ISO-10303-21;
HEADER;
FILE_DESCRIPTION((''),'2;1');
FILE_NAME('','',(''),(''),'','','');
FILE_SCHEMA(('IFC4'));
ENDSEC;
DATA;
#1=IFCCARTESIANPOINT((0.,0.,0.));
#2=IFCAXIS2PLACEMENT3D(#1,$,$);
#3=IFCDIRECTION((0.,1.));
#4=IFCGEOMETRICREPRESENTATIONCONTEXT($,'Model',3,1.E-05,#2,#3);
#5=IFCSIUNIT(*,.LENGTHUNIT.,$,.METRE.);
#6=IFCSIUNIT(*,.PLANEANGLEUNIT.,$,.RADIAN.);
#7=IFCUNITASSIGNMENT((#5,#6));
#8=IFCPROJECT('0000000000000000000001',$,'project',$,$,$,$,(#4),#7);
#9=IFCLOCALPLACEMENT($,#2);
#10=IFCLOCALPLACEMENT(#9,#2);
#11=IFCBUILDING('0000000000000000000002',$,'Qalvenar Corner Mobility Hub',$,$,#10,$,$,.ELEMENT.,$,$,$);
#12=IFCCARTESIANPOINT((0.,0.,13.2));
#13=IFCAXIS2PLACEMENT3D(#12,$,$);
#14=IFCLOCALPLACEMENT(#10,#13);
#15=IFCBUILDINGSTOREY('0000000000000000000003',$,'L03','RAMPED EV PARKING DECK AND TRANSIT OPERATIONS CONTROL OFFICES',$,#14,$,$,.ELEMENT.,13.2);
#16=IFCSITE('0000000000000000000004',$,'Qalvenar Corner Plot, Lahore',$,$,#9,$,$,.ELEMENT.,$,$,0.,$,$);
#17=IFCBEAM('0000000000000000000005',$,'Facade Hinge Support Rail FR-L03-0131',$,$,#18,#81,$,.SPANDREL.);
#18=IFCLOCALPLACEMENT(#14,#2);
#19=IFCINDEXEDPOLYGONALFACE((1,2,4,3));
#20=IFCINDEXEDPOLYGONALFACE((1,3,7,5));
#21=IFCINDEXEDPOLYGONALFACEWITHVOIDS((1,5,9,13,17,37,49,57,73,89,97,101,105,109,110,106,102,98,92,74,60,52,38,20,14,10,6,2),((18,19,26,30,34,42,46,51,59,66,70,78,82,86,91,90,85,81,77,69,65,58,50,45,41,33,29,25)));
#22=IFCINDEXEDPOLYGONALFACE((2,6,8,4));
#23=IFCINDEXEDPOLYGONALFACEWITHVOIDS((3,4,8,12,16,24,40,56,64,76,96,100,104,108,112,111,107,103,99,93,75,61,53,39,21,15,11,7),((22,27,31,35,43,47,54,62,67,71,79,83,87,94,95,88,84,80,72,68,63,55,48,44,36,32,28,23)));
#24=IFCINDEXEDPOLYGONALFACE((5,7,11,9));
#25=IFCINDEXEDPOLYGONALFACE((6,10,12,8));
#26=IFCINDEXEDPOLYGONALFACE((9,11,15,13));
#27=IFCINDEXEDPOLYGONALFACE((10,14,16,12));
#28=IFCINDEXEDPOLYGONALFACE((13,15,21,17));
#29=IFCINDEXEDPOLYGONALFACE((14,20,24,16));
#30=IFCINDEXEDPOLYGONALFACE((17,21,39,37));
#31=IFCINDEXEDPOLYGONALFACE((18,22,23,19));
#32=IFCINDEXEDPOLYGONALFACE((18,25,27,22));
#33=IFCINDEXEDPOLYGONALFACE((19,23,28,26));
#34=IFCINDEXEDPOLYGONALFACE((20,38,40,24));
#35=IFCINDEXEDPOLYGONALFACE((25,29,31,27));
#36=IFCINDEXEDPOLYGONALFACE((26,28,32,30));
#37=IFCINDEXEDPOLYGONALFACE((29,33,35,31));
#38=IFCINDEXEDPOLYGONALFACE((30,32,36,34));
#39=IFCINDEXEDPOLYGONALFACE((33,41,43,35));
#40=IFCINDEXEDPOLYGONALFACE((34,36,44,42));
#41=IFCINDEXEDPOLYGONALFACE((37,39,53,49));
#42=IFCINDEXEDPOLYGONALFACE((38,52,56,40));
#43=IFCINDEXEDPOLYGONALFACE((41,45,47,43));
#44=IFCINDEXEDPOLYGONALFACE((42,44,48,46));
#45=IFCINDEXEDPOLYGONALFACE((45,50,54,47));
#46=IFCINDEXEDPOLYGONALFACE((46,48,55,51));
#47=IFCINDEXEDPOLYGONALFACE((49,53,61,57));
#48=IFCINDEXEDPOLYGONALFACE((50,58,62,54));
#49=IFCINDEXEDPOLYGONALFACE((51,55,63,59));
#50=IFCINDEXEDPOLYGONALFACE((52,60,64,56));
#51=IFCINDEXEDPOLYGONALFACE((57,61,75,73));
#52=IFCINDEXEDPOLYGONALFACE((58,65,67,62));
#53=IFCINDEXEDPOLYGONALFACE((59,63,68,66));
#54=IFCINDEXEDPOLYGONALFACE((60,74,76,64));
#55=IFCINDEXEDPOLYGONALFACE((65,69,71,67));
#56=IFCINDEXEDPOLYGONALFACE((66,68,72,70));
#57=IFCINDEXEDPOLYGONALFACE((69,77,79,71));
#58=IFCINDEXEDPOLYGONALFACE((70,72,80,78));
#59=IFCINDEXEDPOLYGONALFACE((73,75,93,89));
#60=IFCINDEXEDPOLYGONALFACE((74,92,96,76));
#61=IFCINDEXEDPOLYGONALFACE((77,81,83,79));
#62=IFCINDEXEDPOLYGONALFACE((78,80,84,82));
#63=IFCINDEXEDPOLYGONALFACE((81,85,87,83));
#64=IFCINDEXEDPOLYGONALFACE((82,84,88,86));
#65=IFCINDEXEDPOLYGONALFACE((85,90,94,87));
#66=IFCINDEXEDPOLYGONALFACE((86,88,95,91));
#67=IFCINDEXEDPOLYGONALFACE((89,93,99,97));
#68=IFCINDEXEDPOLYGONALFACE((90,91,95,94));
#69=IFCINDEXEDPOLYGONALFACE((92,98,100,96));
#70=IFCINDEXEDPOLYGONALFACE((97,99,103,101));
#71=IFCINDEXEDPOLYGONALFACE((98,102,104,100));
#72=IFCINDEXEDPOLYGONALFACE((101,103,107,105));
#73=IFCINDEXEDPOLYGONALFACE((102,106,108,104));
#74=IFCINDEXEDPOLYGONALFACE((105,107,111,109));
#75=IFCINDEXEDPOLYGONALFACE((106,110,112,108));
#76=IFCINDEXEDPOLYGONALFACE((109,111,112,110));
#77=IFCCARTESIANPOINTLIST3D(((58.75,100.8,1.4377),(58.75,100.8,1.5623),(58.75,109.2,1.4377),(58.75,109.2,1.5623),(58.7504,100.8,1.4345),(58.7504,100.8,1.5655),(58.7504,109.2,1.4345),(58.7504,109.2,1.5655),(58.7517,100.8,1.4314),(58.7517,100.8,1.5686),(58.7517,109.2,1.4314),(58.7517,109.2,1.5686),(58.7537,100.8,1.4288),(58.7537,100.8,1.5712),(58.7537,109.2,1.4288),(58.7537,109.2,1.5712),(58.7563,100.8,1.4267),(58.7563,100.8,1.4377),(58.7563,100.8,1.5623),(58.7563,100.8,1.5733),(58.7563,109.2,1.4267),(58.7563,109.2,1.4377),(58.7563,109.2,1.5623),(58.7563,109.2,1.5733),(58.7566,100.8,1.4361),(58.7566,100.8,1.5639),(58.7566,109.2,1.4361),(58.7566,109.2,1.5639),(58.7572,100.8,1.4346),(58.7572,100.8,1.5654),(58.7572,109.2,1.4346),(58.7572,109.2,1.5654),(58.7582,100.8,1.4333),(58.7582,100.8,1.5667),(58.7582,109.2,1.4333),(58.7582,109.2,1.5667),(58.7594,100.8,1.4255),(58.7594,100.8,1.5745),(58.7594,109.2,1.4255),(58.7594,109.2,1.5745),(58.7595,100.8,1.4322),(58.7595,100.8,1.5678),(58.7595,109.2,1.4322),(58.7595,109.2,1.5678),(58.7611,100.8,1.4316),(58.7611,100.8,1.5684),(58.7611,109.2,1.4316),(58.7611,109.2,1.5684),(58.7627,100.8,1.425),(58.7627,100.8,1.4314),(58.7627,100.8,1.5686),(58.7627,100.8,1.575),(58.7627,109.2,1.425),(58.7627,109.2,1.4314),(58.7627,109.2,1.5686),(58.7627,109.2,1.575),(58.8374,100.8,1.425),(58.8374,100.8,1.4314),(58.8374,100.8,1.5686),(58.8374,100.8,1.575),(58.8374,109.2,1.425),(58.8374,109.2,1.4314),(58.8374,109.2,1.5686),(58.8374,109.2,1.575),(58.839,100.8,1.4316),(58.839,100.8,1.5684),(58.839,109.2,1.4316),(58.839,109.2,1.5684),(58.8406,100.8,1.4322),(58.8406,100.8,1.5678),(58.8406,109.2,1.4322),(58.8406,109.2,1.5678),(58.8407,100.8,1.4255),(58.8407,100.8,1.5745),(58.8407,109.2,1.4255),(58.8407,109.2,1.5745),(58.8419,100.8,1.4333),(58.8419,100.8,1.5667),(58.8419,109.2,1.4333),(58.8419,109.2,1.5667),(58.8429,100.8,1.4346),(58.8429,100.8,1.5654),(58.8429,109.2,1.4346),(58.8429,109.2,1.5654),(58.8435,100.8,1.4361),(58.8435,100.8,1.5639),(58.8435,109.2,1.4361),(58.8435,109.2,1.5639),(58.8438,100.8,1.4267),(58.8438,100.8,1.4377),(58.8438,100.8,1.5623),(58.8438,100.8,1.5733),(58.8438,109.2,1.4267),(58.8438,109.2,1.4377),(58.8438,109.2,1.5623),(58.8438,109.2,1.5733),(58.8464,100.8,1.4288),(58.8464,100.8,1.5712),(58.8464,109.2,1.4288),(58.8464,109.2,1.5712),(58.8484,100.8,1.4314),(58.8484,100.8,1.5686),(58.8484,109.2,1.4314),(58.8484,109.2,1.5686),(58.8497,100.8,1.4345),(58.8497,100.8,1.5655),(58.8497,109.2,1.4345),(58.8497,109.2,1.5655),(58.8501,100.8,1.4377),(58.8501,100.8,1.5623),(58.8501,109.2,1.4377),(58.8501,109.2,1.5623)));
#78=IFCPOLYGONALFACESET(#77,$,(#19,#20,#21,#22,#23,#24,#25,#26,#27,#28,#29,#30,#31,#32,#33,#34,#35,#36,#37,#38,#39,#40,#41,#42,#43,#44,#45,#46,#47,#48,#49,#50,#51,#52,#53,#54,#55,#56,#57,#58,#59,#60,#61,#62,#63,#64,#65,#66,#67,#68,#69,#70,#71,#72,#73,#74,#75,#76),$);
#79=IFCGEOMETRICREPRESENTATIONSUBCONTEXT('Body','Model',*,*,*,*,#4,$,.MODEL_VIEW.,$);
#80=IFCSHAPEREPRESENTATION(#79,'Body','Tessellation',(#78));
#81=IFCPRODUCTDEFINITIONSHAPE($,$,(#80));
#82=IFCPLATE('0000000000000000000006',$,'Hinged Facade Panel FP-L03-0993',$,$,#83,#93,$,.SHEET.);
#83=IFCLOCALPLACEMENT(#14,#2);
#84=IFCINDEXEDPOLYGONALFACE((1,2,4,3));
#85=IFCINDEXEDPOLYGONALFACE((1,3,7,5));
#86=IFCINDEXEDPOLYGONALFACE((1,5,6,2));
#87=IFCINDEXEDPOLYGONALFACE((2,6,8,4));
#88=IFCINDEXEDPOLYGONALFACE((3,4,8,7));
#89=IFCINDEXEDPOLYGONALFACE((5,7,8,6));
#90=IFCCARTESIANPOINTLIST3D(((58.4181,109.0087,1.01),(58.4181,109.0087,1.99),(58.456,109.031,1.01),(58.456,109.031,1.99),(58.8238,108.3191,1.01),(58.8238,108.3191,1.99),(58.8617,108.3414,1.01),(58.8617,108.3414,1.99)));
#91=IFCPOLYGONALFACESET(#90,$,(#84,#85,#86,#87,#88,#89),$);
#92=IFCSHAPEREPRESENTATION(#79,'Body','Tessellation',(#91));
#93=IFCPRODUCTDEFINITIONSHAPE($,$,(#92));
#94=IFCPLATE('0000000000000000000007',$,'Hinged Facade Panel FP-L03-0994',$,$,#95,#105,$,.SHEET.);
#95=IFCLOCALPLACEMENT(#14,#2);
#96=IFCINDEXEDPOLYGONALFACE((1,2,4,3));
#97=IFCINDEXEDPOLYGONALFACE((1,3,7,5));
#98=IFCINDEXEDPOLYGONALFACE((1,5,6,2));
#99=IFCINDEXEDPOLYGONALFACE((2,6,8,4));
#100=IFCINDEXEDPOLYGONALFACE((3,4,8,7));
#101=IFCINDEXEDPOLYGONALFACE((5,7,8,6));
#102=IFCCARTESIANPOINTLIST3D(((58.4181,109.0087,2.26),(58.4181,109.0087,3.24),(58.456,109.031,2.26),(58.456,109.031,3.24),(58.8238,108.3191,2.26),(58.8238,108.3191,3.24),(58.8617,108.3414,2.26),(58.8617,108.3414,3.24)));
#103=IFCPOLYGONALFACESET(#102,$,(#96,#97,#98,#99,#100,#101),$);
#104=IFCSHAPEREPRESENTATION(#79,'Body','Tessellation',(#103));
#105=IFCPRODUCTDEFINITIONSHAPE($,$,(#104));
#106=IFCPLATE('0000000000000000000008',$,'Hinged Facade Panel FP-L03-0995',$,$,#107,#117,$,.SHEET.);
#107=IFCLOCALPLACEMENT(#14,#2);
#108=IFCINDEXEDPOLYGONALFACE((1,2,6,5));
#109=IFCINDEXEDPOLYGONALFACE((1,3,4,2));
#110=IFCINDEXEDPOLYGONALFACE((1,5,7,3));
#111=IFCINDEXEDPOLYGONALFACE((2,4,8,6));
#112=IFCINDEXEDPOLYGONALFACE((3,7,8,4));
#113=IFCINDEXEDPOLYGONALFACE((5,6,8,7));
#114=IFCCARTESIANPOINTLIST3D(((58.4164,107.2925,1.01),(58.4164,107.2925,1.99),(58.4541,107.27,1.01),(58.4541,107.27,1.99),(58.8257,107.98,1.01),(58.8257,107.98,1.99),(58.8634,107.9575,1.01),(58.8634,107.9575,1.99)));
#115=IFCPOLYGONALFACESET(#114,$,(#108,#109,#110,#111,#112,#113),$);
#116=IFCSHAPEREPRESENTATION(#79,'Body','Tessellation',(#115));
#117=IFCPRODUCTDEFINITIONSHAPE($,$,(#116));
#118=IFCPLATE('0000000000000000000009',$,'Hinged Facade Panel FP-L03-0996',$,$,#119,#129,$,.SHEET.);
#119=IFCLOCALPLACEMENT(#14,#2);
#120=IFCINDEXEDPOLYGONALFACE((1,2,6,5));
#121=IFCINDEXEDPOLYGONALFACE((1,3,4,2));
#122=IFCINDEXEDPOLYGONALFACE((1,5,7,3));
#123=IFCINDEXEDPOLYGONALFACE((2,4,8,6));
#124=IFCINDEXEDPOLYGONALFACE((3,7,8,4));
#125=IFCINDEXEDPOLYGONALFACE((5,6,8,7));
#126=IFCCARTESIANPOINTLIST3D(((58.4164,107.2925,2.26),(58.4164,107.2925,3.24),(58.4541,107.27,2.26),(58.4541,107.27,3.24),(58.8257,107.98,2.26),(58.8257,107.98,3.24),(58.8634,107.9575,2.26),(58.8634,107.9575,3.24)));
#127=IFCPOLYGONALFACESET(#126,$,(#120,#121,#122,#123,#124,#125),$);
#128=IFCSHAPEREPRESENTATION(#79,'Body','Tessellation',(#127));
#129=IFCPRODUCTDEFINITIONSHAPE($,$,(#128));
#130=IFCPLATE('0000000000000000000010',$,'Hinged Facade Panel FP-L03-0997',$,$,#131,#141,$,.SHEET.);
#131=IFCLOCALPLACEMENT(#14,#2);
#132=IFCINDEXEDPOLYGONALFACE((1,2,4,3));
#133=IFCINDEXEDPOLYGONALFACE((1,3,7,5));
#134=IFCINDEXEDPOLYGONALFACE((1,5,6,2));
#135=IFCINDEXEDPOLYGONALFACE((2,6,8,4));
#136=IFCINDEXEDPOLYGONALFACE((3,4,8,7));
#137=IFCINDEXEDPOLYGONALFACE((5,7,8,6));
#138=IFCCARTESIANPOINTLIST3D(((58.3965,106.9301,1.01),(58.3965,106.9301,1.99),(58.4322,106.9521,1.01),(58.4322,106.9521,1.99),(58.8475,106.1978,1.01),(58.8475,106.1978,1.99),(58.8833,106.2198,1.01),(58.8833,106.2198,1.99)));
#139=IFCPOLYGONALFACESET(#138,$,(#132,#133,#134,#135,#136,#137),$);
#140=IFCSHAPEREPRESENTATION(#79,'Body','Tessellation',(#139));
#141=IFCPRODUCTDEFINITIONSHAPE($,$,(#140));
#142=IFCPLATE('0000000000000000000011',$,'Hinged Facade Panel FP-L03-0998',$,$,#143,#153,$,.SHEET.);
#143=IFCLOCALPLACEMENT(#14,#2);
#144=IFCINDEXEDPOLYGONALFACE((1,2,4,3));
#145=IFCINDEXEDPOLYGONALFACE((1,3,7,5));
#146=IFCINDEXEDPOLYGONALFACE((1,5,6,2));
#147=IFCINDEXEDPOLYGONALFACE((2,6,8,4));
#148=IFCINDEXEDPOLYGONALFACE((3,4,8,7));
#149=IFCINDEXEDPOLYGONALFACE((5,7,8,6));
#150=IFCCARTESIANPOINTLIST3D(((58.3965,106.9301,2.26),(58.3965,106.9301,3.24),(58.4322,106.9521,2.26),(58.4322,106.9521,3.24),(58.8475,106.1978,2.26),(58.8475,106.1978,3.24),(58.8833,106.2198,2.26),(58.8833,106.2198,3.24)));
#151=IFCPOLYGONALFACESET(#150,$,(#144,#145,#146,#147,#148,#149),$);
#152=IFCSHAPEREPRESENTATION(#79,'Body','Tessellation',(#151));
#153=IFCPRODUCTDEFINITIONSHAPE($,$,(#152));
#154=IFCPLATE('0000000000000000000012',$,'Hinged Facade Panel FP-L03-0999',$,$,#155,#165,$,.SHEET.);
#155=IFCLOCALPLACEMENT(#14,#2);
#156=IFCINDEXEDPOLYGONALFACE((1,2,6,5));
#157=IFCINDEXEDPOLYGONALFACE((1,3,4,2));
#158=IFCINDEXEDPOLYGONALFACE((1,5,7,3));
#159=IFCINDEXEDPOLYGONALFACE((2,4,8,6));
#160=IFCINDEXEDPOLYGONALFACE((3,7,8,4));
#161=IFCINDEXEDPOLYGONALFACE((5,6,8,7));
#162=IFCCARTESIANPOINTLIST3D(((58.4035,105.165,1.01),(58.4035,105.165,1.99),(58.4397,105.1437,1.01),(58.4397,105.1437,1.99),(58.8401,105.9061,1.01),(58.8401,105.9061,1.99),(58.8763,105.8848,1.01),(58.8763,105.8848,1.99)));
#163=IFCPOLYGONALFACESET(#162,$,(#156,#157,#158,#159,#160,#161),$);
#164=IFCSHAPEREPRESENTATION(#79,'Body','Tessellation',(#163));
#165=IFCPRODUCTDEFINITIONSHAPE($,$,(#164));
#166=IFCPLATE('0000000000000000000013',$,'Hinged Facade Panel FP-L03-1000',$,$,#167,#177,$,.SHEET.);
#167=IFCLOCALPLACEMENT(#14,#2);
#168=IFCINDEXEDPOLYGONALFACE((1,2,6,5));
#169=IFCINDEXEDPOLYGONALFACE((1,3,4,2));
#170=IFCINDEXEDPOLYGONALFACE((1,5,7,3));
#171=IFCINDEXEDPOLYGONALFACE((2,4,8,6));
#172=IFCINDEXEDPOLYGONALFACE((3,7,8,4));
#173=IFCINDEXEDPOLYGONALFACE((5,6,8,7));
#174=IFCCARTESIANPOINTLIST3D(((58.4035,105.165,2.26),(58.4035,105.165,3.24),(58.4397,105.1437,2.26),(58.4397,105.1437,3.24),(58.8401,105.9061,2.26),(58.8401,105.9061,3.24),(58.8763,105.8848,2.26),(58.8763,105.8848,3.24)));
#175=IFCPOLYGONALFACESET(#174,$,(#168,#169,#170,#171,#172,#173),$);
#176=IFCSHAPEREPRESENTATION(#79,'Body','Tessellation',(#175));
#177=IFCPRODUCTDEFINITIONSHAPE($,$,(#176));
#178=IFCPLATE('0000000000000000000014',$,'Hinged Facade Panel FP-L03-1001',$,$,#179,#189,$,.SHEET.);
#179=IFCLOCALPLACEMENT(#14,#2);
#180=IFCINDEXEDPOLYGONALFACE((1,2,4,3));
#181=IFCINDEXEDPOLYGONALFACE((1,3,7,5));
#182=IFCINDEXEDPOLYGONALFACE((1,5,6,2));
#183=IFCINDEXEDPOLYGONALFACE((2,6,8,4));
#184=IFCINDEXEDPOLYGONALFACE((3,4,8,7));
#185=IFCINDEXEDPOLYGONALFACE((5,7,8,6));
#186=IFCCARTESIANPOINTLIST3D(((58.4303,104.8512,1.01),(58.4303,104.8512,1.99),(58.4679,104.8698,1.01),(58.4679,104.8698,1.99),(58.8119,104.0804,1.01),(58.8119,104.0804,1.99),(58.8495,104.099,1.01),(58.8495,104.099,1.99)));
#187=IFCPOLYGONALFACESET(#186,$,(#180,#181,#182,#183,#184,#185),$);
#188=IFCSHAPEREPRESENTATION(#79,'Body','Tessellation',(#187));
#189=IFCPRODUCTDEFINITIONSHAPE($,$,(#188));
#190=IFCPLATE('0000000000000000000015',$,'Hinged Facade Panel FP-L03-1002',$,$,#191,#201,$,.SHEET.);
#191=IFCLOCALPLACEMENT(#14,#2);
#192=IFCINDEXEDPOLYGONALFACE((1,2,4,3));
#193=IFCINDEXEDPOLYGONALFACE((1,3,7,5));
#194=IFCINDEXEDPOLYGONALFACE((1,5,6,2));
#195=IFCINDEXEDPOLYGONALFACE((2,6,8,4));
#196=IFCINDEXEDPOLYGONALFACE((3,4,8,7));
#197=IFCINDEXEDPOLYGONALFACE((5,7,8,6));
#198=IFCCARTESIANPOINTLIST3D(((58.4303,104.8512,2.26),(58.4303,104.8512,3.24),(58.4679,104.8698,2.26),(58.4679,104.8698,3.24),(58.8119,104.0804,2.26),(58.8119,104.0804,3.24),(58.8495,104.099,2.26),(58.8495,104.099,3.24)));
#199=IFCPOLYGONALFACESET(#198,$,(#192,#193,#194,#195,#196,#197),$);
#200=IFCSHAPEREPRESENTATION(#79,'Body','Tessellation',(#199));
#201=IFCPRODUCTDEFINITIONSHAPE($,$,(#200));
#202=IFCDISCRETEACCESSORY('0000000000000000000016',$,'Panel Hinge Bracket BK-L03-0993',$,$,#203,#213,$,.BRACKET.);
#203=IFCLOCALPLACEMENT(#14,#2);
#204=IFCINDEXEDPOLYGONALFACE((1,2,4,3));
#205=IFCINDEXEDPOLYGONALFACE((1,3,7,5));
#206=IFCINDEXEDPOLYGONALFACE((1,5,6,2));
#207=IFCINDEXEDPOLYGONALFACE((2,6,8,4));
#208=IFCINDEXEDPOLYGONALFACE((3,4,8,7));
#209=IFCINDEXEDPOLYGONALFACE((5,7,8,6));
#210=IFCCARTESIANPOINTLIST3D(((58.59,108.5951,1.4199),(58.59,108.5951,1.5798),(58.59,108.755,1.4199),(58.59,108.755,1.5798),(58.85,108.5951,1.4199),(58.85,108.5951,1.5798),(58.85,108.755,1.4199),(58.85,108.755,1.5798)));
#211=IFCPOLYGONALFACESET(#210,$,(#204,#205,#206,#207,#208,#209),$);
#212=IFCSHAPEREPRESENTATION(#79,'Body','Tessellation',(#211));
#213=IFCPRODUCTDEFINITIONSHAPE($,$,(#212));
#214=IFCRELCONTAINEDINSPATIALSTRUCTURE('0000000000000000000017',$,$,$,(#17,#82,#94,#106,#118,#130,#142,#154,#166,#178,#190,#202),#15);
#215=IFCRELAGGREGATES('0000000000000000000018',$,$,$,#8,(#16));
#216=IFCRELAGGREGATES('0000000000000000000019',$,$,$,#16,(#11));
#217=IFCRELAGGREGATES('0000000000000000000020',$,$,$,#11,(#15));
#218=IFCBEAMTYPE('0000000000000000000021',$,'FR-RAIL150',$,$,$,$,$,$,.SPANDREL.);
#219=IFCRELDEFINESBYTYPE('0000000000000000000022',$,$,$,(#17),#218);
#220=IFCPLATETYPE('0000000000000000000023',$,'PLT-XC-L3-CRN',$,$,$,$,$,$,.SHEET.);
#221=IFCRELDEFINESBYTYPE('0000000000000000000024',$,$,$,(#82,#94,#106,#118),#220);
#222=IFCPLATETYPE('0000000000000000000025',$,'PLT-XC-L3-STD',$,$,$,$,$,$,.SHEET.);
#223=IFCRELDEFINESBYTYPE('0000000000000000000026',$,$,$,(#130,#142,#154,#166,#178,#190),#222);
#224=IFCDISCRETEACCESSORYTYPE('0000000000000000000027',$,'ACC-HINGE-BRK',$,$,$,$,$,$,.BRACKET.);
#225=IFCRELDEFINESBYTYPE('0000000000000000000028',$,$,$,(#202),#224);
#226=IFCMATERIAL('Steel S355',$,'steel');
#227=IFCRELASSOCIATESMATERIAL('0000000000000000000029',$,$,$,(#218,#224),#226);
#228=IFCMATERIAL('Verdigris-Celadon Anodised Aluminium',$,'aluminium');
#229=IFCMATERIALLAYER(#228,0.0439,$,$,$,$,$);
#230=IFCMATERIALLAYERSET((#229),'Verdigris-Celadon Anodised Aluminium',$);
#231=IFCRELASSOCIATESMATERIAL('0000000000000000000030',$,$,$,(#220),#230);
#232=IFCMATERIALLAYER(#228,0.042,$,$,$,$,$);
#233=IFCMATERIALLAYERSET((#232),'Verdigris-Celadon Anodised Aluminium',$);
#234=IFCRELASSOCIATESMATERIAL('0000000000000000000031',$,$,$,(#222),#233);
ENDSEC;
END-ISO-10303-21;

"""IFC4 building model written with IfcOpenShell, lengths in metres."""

from ifc_helpers import new_model, si_unit, direction, frame, origin, origin_2d, place, context, subcontext, project, spatial, rectangle, hollow_rectangle, extrude, material, layer, layer_set, material_profile, profile_set, type_object, element, save


model = new_model("IFC4")

# Units and contexts
model_context = context("Model", 3, precision=1e-05, world=origin(), true_north=direction((0.0, 1.0)))
body_context = subcontext(model_context, "Body", "Model", "MODEL_VIEW")
ifc_project = project(units=[si_unit("LENGTHUNIT", "METRE"), si_unit("PLANEANGLEUNIT", "RADIAN")], contexts=[model_context])

# Site, building, storey
site_placement = place(None, origin())
site = spatial("IfcSite", under=ifc_project, at=site_placement, Name="Qalvenar Corner Plot, Lahore", CompositionType="ELEMENT", RefElevation=0.0)
building_placement = place(site_placement, origin())
building = spatial("IfcBuilding", under=site, at=building_placement, Name="Qalvenar Corner Mobility Hub", CompositionType="ELEMENT")
storey_placement = place(building_placement, frame((0.0, 0.0, 13.2)))
storey = spatial("IfcBuildingStorey", under=building, at=storey_placement, Name="L03", Description="RAMPED EV PARKING DECK AND TRANSIT OPERATIONS CONTROL OFFICES", CompositionType="ELEMENT", Elevation=13.2)

# Shared definitions
ifc_material_1 = material(Name="Steel S355", Category="steel")

# Beam
ifc_material_profile_1 = material_profile(ifc_material_1, hollow_rectangle(XDim=0.1001, YDim=0.1499, WallThickness=0.0063, InnerFilletRadius=0.0063, OuterFilletRadius=0.0127, at=origin_2d()), Name="RHS150x100x6.3")
ifc_profile_set_1 = profile_set([ifc_material_profile_1], Name="Steel S355")
beam_type_1 = type_object("IfcBeamType", Name="FR-RAIL150", PredefinedType="SPANDREL", material=ifc_profile_set_1)
beam_1_placement = place(storey_placement, frame((58.8, 109.2, 1.5), z_axis=(0.0, -1.0, 0.0), x_axis=(1.0, 0.0, 0.0)))
element("IfcBeam", 1, at=beam_1_placement, inside=storey, type_object=beam_type_1, Name="Facade Hinge Support Rail FR-L03-0131", PredefinedType="SPANDREL", context=body_context, shape_type="SweptSolid", body=[
    extrude(hollow_rectangle(XDim=0.1001, YDim=0.1499, WallThickness=0.0063, InnerFilletRadius=0.0063, OuterFilletRadius=0.0127, at=origin_2d()), origin(), (0.0, 0.0, 1.0), 8.3999),
])

# Plates
ifc_material_2 = material(Name="Verdigris-Celadon Anodised Aluminium", Category="aluminium")
ifc_layer_1 = layer(ifc_material_2, 0.0439)
ifc_layer_set_1 = layer_set([ifc_layer_1], Name="Verdigris-Celadon Anodised Aluminium")
plate_type_1 = type_object("IfcPlateType", Name="PLT-XC-L3-CRN", PredefinedType="SHEET", material=ifc_layer_set_1)
for number, where, z_axis, x_axis, name in (
    (2, (58.6399, 108.675, 1.01), (0.0, 0.0, 1.0), (0.507087, -0.861895, 0.0), "Hinged Facade Panel FP-L03-0993"),
    (3, (58.6399, 108.675, 2.26), (0.0, 0.0, 1.0), (0.507087, -0.861895, 0.0), "Hinged Facade Panel FP-L03-0994"),
    (4, (58.6399, 107.625, 1.01), (0.0, 0.0, 1.0), (-0.511593, -0.859228, 0.0), "Hinged Facade Panel FP-L03-0995"),
    (5, (58.6399, 107.625, 2.26), (0.0, 0.0, 1.0), (-0.511593, -0.859228, 0.0), "Hinged Facade Panel FP-L03-0996"),
):
    element("IfcPlate", number, at=place(storey_placement, frame(where, z_axis=z_axis, x_axis=x_axis)), inside=storey, type_object=plate_type_1, Name=name, PredefinedType="SHEET", context=body_context, shape_type="SweptSolid", body=[
        extrude(rectangle(XDim=0.8, YDim=0.0439, at=origin_2d()), origin(), (0.0, 0.0, 1.0), 0.98),
    ])
ifc_layer_2 = layer(ifc_material_2, 0.042)
ifc_layer_set_2 = layer_set([ifc_layer_2], Name="Verdigris-Celadon Anodised Aluminium")
plate_type_2 = type_object("IfcPlateType", Name="PLT-XC-L3-STD", PredefinedType="SHEET", material=ifc_layer_set_2)
for number, where, z_axis, x_axis, name in (
    (6, (58.6399, 106.575, 1.01), (0.0, 0.0, 1.0), (0.524432, -0.851452, 0.0), "Hinged Facade Panel FP-L03-0997"),
    (7, (58.6399, 106.575, 2.26), (0.0, 0.0, 1.0), (0.524432, -0.851452, 0.0), "Hinged Facade Panel FP-L03-0998"),
    (8, (58.6399, 105.5249, 1.01), (0.0, 0.0, 1.0), (-0.507538, -0.861629, 0.0), "Hinged Facade Panel FP-L03-0999"),
    (9, (58.6399, 105.5249, 2.26), (0.0, 0.0, 1.0), (-0.507538, -0.861629, 0.0), "Hinged Facade Panel FP-L03-1000"),
    (10, (58.6399, 104.4751, 1.01), (0.0, 0.0, 1.0), (0.443697, -0.896177, 0.0), "Hinged Facade Panel FP-L03-1001"),
    (11, (58.6399, 104.4751, 2.26), (0.0, 0.0, 1.0), (0.443697, -0.896177, 0.0), "Hinged Facade Panel FP-L03-1002"),
):
    element("IfcPlate", number, at=place(storey_placement, frame(where, z_axis=z_axis, x_axis=x_axis)), inside=storey, type_object=plate_type_2, Name=name, PredefinedType="SHEET", context=body_context, shape_type="SweptSolid", body=[
        extrude(rectangle(XDim=0.8601, YDim=0.042, at=origin_2d()), origin(), (0.0, 0.0, 1.0), 0.98),
    ])

# Discrete accessory
discrete_accessory_type = type_object("IfcDiscreteAccessoryType", Name="ACC-HINGE-BRK", PredefinedType="BRACKET", material=ifc_material_1)
for number, where, z_axis, x_axis, name in (
    (12, (58.72, 108.675, 1.4199), (0.0, 0.0, 1.0), (0.0, -1.0, 0.0), "Panel Hinge Bracket BK-L03-0993"),
):
    element("IfcDiscreteAccessory", number, at=place(storey_placement, frame(where, z_axis=z_axis, x_axis=x_axis)), inside=storey, type_object=discrete_accessory_type, Name=name, PredefinedType="BRACKET", context=body_context, shape_type="SweptSolid", body=[
        extrude(rectangle(XDim=0.1599, YDim=0.26, at=origin_2d()), origin(), (0.0, 0.0, 1.0), 0.1599),
    ])

save(model, "model.ifc")
